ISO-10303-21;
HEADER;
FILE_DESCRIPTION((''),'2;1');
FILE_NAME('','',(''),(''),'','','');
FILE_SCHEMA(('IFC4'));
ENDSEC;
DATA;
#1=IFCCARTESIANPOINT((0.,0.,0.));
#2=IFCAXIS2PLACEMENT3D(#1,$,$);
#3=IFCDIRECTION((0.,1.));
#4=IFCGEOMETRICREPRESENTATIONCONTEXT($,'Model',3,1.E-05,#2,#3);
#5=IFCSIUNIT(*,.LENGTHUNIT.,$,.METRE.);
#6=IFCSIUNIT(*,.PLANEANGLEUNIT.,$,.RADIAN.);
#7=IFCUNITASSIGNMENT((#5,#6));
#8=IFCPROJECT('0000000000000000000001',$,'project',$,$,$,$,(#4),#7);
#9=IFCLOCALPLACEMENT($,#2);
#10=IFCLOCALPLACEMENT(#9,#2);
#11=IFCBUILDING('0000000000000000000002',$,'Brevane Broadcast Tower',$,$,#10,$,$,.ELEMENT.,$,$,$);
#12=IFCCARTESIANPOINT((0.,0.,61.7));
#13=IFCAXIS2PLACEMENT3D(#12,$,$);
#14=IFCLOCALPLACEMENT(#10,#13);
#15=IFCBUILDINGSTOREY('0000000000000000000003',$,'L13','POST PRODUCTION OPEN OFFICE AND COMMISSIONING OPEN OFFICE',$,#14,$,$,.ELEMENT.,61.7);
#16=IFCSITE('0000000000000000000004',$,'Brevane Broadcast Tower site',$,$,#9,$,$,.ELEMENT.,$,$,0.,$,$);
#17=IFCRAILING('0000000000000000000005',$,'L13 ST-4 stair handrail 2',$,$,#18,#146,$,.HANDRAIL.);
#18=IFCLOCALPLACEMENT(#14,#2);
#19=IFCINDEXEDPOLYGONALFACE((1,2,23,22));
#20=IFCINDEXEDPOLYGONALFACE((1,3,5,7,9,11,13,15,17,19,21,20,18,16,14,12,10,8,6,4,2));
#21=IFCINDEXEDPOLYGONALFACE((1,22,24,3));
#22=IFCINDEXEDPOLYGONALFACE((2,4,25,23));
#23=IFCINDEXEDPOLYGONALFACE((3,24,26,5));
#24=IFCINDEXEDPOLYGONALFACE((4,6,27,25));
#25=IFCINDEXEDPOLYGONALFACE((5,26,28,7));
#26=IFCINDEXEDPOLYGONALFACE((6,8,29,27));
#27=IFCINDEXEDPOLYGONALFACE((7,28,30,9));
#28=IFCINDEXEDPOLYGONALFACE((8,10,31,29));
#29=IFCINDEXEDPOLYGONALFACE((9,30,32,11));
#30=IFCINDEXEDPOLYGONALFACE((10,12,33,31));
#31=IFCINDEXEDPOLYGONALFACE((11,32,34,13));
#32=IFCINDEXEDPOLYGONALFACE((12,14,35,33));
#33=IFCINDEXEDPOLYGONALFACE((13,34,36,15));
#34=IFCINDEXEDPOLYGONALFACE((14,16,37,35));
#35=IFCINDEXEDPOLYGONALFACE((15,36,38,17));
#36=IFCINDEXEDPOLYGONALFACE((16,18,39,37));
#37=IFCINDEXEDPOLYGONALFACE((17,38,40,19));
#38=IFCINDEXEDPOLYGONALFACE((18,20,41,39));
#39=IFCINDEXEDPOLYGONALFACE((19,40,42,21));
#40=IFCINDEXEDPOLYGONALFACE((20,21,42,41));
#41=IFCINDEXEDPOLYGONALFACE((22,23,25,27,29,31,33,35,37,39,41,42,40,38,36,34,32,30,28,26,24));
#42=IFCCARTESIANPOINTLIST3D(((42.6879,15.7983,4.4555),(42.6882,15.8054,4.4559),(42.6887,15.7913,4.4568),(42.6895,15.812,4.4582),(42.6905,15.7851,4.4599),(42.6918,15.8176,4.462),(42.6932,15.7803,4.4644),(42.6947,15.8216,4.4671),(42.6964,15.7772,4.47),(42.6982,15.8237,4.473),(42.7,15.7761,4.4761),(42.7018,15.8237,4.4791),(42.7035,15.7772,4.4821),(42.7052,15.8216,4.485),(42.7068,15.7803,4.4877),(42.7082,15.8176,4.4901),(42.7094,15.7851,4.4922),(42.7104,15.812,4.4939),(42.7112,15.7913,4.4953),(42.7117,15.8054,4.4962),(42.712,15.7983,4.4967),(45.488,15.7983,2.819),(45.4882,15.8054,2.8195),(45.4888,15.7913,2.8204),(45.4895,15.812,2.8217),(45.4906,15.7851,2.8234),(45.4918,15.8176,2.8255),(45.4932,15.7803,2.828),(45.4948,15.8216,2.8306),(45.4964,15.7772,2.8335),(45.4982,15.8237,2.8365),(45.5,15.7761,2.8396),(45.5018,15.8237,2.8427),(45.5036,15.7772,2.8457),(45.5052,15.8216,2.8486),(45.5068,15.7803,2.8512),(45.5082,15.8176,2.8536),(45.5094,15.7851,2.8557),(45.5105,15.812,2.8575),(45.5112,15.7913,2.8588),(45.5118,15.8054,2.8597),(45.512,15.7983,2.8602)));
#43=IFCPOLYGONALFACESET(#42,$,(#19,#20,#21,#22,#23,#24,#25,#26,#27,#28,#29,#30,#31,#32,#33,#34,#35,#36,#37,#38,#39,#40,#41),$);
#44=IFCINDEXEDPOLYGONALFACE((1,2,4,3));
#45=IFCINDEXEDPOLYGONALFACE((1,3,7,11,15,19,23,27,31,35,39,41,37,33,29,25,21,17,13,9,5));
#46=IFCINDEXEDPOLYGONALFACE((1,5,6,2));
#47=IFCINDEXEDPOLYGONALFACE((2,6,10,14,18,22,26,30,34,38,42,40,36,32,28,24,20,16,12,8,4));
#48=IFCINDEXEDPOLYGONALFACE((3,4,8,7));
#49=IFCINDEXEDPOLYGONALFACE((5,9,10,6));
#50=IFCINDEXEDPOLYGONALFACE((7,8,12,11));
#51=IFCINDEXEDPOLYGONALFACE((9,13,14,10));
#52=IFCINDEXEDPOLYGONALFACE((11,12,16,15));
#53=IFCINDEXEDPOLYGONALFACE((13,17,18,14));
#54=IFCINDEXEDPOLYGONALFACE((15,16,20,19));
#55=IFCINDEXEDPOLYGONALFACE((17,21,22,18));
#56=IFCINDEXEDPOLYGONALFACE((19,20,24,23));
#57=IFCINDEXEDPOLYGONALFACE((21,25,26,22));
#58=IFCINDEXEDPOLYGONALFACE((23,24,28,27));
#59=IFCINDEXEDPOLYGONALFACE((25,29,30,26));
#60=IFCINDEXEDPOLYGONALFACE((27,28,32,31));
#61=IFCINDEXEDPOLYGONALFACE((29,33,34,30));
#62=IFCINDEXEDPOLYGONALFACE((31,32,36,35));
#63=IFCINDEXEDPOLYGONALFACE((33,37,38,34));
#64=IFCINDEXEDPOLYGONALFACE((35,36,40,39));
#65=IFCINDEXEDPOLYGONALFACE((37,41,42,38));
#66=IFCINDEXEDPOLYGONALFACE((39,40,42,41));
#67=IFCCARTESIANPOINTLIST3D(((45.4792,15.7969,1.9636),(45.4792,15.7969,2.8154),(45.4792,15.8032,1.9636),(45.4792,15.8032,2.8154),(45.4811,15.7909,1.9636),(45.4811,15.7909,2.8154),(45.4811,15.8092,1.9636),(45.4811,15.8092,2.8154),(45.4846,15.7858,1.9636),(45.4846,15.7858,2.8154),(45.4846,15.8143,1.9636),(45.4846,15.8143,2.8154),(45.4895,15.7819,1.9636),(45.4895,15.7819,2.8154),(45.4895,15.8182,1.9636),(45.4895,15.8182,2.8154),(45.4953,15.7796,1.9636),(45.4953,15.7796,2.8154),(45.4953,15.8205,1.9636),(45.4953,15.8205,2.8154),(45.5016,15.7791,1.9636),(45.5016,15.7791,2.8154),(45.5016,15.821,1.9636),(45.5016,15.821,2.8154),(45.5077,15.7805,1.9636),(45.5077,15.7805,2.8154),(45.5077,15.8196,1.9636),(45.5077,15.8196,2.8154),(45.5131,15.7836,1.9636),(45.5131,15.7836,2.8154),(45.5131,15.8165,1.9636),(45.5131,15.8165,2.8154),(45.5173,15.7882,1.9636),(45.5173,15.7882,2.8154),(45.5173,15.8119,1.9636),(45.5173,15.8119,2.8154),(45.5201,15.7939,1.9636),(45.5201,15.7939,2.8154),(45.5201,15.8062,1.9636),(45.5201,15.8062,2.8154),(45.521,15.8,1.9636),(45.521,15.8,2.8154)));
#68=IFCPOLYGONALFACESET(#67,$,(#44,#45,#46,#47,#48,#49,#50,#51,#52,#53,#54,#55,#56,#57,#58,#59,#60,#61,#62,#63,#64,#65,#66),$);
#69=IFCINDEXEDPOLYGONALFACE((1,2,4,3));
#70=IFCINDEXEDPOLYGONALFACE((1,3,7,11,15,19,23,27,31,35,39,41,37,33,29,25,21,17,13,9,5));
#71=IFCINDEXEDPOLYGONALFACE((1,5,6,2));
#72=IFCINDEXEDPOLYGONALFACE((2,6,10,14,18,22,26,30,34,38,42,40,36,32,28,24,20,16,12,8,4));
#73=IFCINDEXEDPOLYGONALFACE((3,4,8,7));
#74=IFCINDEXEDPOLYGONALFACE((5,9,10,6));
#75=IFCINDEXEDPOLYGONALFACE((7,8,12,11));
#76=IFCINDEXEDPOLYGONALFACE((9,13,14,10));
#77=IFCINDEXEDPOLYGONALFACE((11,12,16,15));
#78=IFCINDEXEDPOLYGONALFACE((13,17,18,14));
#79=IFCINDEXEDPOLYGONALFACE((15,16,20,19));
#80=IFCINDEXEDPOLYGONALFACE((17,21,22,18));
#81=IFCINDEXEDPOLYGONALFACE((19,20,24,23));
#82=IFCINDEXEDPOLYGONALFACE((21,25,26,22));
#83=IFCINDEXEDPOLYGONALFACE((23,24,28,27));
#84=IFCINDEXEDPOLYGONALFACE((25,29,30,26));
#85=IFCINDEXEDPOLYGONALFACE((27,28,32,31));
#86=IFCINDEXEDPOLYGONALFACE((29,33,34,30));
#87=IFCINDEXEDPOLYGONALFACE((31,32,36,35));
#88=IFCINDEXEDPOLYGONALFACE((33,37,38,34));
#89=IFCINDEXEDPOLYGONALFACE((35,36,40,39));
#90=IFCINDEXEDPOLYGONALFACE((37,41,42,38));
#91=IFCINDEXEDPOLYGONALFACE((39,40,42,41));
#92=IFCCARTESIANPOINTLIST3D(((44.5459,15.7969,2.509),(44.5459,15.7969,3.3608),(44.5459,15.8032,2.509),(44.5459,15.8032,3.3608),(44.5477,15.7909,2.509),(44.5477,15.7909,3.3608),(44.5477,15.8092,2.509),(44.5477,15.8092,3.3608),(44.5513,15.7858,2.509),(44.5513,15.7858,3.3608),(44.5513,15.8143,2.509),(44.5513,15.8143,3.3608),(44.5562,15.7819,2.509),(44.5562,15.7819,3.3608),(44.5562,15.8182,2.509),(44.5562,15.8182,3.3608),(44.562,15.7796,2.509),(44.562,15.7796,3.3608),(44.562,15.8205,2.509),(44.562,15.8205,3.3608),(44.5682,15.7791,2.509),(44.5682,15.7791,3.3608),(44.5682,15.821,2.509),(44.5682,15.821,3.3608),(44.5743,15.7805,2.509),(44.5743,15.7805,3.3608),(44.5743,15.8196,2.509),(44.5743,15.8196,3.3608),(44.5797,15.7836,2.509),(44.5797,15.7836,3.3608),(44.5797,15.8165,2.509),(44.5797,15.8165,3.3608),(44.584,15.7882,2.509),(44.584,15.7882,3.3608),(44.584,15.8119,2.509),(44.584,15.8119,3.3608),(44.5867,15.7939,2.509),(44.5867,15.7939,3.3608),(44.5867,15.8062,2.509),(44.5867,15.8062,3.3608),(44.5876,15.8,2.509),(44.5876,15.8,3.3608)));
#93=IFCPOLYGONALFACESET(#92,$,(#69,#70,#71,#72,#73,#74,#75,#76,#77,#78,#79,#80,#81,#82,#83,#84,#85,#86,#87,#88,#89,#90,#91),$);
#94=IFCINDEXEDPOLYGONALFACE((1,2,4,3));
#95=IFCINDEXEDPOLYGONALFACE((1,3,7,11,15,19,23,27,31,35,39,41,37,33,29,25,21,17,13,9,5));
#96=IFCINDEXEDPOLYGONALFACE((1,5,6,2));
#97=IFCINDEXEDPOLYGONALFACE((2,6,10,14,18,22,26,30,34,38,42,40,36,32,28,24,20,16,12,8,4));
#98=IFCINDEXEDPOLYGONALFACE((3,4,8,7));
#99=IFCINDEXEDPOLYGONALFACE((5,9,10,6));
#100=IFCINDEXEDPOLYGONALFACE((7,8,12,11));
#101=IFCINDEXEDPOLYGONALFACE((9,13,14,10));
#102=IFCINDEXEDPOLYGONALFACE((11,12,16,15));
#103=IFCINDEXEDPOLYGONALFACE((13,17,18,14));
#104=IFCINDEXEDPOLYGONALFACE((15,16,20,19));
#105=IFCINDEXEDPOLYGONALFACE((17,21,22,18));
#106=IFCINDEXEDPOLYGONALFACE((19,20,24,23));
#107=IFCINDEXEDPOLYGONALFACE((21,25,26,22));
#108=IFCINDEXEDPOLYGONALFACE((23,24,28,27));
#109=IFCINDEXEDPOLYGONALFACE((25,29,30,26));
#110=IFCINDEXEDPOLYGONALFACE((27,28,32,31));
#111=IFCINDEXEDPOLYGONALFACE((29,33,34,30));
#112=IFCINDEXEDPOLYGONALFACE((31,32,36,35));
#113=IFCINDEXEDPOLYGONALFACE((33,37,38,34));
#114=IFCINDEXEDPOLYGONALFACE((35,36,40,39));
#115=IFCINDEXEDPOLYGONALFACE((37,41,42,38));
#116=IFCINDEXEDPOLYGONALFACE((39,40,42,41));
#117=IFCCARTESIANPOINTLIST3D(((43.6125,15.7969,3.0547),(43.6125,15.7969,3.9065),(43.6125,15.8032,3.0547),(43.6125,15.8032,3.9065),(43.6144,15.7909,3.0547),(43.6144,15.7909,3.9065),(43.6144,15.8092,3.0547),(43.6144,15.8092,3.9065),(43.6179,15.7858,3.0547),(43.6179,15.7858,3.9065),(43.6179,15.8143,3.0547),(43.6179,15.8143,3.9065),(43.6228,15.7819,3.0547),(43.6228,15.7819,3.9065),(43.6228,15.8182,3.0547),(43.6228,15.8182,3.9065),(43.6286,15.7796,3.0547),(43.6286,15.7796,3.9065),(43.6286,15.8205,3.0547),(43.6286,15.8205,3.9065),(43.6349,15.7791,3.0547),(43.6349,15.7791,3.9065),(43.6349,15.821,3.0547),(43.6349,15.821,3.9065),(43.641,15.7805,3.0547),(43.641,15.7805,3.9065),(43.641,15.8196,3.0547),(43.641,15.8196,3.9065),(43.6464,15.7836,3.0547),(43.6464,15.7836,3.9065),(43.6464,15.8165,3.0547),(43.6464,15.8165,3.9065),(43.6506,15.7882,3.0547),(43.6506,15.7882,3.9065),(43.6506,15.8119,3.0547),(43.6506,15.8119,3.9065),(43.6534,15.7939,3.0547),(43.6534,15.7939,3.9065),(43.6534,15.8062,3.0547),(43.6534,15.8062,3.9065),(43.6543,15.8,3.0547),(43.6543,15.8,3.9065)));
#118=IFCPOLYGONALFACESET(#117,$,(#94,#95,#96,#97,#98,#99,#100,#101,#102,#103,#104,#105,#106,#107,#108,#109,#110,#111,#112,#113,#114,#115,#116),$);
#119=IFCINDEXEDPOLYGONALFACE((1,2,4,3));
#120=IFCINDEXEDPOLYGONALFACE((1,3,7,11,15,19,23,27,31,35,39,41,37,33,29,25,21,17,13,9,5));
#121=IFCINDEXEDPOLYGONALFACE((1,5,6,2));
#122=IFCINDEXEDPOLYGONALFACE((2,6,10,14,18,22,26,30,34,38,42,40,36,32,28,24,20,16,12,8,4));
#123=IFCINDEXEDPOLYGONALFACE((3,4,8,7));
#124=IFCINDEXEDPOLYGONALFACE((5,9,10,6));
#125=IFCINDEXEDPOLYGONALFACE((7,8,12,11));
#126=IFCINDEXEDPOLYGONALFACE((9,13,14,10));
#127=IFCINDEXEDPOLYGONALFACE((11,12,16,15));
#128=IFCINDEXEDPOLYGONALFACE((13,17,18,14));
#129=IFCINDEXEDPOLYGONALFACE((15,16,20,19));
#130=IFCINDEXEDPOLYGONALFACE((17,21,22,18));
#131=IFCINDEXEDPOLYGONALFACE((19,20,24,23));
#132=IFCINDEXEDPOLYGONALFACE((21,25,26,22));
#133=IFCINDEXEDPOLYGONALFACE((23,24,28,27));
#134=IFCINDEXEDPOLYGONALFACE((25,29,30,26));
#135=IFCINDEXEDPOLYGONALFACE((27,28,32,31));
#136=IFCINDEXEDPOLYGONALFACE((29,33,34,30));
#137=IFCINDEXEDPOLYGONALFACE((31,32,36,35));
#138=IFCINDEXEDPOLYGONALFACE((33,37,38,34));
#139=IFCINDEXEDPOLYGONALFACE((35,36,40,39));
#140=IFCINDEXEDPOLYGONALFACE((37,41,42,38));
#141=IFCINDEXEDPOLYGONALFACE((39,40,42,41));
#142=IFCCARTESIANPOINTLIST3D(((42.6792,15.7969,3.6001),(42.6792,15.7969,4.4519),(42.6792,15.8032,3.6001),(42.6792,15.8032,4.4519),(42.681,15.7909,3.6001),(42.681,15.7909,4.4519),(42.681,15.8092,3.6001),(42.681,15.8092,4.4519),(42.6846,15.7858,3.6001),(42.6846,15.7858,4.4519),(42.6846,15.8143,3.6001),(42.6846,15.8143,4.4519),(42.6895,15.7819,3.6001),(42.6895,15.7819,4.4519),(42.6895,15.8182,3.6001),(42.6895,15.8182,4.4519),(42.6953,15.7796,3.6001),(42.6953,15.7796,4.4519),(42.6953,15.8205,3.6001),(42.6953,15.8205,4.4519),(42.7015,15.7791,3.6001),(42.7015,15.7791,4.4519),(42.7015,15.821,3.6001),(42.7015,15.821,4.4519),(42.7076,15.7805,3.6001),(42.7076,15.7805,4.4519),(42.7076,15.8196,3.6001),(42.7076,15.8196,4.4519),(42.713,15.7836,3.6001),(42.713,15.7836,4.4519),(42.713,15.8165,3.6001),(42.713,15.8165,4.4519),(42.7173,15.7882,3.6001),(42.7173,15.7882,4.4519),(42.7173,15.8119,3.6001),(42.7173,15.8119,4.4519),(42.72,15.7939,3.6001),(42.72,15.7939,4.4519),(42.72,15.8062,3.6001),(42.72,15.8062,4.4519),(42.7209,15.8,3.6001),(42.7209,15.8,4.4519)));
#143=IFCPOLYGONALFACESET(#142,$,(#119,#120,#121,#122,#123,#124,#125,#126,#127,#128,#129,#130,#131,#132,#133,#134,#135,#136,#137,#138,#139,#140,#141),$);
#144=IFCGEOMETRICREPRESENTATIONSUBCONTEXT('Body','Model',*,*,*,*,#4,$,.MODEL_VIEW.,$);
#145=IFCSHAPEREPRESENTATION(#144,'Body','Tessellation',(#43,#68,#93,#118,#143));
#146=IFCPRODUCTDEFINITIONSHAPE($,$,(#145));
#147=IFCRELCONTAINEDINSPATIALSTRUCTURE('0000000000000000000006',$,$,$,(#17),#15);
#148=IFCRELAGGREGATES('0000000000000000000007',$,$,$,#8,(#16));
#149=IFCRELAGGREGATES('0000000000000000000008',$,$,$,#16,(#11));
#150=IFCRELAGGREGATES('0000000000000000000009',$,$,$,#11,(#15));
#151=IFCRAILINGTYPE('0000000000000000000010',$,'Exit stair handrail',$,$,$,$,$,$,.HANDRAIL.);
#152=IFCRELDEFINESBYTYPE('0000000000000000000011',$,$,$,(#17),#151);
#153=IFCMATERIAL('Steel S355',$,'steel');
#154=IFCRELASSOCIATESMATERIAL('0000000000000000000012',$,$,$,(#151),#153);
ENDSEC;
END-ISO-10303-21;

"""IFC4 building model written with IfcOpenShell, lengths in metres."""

from ifc_helpers import new_model, si_unit, direction, frame, origin, origin_2d, place, context, subcontext, project, spatial, circle, extrude, material, type_object, element, save


model = new_model("IFC4")

# Units and contexts
model_context = context("Model", 3, precision=1e-05, world=origin(), true_north=direction((0.0, 1.0)))
body_context = subcontext(model_context, "Body", "Model", "MODEL_VIEW")
ifc_project = project(units=[si_unit("LENGTHUNIT", "METRE"), si_unit("PLANEANGLEUNIT", "RADIAN")], contexts=[model_context])

# Site, building, storey
site_placement = place(None, origin())
site = spatial("IfcSite", under=ifc_project, at=site_placement, Name="Brevane Broadcast Tower site", CompositionType="ELEMENT", RefElevation=0.0)
building_placement = place(site_placement, origin())
building = spatial("IfcBuilding", under=site, at=building_placement, Name="Brevane Broadcast Tower", CompositionType="ELEMENT")
storey_placement = place(building_placement, frame((0.0, 0.0, 61.7)))
storey = spatial("IfcBuildingStorey", under=building, at=storey_placement, Name="L13", Description="POST PRODUCTION OPEN OFFICE AND COMMISSIONING OPEN OFFICE", CompositionType="ELEMENT", Elevation=61.7)

# Railing
ifc_material_1 = material(Name="Steel S355", Category="steel")
railing_type_1 = type_object("IfcRailingType", Name="Exit stair handrail", PredefinedType="HANDRAIL", material=ifc_material_1)
railing_1_placement = place(storey_placement, frame((45.5, 15.8, 1.9636)))
element("IfcRailing", 1, at=railing_1_placement, inside=storey, type_object=railing_type_1, Name="L13 ST-4 stair handrail 2", PredefinedType="HANDRAIL", context=body_context, shape_type="SweptSolid", body=[
    extrude(circle(Radius=0.0239, at=origin_2d()), frame((0.0, 0.0, 0.876), z_axis=(-0.863361, 0.0, 0.504587), x_axis=(0.0, -1.0, 0.0)), (0.0, 0.0, 1.0), 3.2432),
    extrude(circle(Radius=0.021, at=origin_2d()), origin(), (0.0, 0.0, 1.0), 0.8518),
    extrude(circle(Radius=0.021, at=origin_2d()), frame((-0.9333, 0.0, 0.5454)), (0.0, 0.0, 1.0), 0.8518),
    extrude(circle(Radius=0.021, at=origin_2d()), frame((-1.8667, 0.0, 1.0911)), (0.0, 0.0, 1.0), 0.8518),
    extrude(circle(Radius=0.021, at=origin_2d()), frame((-2.8, 0.0, 1.6365)), (0.0, 0.0, 1.0), 0.8518),
])

save(model, "model.ifc")
